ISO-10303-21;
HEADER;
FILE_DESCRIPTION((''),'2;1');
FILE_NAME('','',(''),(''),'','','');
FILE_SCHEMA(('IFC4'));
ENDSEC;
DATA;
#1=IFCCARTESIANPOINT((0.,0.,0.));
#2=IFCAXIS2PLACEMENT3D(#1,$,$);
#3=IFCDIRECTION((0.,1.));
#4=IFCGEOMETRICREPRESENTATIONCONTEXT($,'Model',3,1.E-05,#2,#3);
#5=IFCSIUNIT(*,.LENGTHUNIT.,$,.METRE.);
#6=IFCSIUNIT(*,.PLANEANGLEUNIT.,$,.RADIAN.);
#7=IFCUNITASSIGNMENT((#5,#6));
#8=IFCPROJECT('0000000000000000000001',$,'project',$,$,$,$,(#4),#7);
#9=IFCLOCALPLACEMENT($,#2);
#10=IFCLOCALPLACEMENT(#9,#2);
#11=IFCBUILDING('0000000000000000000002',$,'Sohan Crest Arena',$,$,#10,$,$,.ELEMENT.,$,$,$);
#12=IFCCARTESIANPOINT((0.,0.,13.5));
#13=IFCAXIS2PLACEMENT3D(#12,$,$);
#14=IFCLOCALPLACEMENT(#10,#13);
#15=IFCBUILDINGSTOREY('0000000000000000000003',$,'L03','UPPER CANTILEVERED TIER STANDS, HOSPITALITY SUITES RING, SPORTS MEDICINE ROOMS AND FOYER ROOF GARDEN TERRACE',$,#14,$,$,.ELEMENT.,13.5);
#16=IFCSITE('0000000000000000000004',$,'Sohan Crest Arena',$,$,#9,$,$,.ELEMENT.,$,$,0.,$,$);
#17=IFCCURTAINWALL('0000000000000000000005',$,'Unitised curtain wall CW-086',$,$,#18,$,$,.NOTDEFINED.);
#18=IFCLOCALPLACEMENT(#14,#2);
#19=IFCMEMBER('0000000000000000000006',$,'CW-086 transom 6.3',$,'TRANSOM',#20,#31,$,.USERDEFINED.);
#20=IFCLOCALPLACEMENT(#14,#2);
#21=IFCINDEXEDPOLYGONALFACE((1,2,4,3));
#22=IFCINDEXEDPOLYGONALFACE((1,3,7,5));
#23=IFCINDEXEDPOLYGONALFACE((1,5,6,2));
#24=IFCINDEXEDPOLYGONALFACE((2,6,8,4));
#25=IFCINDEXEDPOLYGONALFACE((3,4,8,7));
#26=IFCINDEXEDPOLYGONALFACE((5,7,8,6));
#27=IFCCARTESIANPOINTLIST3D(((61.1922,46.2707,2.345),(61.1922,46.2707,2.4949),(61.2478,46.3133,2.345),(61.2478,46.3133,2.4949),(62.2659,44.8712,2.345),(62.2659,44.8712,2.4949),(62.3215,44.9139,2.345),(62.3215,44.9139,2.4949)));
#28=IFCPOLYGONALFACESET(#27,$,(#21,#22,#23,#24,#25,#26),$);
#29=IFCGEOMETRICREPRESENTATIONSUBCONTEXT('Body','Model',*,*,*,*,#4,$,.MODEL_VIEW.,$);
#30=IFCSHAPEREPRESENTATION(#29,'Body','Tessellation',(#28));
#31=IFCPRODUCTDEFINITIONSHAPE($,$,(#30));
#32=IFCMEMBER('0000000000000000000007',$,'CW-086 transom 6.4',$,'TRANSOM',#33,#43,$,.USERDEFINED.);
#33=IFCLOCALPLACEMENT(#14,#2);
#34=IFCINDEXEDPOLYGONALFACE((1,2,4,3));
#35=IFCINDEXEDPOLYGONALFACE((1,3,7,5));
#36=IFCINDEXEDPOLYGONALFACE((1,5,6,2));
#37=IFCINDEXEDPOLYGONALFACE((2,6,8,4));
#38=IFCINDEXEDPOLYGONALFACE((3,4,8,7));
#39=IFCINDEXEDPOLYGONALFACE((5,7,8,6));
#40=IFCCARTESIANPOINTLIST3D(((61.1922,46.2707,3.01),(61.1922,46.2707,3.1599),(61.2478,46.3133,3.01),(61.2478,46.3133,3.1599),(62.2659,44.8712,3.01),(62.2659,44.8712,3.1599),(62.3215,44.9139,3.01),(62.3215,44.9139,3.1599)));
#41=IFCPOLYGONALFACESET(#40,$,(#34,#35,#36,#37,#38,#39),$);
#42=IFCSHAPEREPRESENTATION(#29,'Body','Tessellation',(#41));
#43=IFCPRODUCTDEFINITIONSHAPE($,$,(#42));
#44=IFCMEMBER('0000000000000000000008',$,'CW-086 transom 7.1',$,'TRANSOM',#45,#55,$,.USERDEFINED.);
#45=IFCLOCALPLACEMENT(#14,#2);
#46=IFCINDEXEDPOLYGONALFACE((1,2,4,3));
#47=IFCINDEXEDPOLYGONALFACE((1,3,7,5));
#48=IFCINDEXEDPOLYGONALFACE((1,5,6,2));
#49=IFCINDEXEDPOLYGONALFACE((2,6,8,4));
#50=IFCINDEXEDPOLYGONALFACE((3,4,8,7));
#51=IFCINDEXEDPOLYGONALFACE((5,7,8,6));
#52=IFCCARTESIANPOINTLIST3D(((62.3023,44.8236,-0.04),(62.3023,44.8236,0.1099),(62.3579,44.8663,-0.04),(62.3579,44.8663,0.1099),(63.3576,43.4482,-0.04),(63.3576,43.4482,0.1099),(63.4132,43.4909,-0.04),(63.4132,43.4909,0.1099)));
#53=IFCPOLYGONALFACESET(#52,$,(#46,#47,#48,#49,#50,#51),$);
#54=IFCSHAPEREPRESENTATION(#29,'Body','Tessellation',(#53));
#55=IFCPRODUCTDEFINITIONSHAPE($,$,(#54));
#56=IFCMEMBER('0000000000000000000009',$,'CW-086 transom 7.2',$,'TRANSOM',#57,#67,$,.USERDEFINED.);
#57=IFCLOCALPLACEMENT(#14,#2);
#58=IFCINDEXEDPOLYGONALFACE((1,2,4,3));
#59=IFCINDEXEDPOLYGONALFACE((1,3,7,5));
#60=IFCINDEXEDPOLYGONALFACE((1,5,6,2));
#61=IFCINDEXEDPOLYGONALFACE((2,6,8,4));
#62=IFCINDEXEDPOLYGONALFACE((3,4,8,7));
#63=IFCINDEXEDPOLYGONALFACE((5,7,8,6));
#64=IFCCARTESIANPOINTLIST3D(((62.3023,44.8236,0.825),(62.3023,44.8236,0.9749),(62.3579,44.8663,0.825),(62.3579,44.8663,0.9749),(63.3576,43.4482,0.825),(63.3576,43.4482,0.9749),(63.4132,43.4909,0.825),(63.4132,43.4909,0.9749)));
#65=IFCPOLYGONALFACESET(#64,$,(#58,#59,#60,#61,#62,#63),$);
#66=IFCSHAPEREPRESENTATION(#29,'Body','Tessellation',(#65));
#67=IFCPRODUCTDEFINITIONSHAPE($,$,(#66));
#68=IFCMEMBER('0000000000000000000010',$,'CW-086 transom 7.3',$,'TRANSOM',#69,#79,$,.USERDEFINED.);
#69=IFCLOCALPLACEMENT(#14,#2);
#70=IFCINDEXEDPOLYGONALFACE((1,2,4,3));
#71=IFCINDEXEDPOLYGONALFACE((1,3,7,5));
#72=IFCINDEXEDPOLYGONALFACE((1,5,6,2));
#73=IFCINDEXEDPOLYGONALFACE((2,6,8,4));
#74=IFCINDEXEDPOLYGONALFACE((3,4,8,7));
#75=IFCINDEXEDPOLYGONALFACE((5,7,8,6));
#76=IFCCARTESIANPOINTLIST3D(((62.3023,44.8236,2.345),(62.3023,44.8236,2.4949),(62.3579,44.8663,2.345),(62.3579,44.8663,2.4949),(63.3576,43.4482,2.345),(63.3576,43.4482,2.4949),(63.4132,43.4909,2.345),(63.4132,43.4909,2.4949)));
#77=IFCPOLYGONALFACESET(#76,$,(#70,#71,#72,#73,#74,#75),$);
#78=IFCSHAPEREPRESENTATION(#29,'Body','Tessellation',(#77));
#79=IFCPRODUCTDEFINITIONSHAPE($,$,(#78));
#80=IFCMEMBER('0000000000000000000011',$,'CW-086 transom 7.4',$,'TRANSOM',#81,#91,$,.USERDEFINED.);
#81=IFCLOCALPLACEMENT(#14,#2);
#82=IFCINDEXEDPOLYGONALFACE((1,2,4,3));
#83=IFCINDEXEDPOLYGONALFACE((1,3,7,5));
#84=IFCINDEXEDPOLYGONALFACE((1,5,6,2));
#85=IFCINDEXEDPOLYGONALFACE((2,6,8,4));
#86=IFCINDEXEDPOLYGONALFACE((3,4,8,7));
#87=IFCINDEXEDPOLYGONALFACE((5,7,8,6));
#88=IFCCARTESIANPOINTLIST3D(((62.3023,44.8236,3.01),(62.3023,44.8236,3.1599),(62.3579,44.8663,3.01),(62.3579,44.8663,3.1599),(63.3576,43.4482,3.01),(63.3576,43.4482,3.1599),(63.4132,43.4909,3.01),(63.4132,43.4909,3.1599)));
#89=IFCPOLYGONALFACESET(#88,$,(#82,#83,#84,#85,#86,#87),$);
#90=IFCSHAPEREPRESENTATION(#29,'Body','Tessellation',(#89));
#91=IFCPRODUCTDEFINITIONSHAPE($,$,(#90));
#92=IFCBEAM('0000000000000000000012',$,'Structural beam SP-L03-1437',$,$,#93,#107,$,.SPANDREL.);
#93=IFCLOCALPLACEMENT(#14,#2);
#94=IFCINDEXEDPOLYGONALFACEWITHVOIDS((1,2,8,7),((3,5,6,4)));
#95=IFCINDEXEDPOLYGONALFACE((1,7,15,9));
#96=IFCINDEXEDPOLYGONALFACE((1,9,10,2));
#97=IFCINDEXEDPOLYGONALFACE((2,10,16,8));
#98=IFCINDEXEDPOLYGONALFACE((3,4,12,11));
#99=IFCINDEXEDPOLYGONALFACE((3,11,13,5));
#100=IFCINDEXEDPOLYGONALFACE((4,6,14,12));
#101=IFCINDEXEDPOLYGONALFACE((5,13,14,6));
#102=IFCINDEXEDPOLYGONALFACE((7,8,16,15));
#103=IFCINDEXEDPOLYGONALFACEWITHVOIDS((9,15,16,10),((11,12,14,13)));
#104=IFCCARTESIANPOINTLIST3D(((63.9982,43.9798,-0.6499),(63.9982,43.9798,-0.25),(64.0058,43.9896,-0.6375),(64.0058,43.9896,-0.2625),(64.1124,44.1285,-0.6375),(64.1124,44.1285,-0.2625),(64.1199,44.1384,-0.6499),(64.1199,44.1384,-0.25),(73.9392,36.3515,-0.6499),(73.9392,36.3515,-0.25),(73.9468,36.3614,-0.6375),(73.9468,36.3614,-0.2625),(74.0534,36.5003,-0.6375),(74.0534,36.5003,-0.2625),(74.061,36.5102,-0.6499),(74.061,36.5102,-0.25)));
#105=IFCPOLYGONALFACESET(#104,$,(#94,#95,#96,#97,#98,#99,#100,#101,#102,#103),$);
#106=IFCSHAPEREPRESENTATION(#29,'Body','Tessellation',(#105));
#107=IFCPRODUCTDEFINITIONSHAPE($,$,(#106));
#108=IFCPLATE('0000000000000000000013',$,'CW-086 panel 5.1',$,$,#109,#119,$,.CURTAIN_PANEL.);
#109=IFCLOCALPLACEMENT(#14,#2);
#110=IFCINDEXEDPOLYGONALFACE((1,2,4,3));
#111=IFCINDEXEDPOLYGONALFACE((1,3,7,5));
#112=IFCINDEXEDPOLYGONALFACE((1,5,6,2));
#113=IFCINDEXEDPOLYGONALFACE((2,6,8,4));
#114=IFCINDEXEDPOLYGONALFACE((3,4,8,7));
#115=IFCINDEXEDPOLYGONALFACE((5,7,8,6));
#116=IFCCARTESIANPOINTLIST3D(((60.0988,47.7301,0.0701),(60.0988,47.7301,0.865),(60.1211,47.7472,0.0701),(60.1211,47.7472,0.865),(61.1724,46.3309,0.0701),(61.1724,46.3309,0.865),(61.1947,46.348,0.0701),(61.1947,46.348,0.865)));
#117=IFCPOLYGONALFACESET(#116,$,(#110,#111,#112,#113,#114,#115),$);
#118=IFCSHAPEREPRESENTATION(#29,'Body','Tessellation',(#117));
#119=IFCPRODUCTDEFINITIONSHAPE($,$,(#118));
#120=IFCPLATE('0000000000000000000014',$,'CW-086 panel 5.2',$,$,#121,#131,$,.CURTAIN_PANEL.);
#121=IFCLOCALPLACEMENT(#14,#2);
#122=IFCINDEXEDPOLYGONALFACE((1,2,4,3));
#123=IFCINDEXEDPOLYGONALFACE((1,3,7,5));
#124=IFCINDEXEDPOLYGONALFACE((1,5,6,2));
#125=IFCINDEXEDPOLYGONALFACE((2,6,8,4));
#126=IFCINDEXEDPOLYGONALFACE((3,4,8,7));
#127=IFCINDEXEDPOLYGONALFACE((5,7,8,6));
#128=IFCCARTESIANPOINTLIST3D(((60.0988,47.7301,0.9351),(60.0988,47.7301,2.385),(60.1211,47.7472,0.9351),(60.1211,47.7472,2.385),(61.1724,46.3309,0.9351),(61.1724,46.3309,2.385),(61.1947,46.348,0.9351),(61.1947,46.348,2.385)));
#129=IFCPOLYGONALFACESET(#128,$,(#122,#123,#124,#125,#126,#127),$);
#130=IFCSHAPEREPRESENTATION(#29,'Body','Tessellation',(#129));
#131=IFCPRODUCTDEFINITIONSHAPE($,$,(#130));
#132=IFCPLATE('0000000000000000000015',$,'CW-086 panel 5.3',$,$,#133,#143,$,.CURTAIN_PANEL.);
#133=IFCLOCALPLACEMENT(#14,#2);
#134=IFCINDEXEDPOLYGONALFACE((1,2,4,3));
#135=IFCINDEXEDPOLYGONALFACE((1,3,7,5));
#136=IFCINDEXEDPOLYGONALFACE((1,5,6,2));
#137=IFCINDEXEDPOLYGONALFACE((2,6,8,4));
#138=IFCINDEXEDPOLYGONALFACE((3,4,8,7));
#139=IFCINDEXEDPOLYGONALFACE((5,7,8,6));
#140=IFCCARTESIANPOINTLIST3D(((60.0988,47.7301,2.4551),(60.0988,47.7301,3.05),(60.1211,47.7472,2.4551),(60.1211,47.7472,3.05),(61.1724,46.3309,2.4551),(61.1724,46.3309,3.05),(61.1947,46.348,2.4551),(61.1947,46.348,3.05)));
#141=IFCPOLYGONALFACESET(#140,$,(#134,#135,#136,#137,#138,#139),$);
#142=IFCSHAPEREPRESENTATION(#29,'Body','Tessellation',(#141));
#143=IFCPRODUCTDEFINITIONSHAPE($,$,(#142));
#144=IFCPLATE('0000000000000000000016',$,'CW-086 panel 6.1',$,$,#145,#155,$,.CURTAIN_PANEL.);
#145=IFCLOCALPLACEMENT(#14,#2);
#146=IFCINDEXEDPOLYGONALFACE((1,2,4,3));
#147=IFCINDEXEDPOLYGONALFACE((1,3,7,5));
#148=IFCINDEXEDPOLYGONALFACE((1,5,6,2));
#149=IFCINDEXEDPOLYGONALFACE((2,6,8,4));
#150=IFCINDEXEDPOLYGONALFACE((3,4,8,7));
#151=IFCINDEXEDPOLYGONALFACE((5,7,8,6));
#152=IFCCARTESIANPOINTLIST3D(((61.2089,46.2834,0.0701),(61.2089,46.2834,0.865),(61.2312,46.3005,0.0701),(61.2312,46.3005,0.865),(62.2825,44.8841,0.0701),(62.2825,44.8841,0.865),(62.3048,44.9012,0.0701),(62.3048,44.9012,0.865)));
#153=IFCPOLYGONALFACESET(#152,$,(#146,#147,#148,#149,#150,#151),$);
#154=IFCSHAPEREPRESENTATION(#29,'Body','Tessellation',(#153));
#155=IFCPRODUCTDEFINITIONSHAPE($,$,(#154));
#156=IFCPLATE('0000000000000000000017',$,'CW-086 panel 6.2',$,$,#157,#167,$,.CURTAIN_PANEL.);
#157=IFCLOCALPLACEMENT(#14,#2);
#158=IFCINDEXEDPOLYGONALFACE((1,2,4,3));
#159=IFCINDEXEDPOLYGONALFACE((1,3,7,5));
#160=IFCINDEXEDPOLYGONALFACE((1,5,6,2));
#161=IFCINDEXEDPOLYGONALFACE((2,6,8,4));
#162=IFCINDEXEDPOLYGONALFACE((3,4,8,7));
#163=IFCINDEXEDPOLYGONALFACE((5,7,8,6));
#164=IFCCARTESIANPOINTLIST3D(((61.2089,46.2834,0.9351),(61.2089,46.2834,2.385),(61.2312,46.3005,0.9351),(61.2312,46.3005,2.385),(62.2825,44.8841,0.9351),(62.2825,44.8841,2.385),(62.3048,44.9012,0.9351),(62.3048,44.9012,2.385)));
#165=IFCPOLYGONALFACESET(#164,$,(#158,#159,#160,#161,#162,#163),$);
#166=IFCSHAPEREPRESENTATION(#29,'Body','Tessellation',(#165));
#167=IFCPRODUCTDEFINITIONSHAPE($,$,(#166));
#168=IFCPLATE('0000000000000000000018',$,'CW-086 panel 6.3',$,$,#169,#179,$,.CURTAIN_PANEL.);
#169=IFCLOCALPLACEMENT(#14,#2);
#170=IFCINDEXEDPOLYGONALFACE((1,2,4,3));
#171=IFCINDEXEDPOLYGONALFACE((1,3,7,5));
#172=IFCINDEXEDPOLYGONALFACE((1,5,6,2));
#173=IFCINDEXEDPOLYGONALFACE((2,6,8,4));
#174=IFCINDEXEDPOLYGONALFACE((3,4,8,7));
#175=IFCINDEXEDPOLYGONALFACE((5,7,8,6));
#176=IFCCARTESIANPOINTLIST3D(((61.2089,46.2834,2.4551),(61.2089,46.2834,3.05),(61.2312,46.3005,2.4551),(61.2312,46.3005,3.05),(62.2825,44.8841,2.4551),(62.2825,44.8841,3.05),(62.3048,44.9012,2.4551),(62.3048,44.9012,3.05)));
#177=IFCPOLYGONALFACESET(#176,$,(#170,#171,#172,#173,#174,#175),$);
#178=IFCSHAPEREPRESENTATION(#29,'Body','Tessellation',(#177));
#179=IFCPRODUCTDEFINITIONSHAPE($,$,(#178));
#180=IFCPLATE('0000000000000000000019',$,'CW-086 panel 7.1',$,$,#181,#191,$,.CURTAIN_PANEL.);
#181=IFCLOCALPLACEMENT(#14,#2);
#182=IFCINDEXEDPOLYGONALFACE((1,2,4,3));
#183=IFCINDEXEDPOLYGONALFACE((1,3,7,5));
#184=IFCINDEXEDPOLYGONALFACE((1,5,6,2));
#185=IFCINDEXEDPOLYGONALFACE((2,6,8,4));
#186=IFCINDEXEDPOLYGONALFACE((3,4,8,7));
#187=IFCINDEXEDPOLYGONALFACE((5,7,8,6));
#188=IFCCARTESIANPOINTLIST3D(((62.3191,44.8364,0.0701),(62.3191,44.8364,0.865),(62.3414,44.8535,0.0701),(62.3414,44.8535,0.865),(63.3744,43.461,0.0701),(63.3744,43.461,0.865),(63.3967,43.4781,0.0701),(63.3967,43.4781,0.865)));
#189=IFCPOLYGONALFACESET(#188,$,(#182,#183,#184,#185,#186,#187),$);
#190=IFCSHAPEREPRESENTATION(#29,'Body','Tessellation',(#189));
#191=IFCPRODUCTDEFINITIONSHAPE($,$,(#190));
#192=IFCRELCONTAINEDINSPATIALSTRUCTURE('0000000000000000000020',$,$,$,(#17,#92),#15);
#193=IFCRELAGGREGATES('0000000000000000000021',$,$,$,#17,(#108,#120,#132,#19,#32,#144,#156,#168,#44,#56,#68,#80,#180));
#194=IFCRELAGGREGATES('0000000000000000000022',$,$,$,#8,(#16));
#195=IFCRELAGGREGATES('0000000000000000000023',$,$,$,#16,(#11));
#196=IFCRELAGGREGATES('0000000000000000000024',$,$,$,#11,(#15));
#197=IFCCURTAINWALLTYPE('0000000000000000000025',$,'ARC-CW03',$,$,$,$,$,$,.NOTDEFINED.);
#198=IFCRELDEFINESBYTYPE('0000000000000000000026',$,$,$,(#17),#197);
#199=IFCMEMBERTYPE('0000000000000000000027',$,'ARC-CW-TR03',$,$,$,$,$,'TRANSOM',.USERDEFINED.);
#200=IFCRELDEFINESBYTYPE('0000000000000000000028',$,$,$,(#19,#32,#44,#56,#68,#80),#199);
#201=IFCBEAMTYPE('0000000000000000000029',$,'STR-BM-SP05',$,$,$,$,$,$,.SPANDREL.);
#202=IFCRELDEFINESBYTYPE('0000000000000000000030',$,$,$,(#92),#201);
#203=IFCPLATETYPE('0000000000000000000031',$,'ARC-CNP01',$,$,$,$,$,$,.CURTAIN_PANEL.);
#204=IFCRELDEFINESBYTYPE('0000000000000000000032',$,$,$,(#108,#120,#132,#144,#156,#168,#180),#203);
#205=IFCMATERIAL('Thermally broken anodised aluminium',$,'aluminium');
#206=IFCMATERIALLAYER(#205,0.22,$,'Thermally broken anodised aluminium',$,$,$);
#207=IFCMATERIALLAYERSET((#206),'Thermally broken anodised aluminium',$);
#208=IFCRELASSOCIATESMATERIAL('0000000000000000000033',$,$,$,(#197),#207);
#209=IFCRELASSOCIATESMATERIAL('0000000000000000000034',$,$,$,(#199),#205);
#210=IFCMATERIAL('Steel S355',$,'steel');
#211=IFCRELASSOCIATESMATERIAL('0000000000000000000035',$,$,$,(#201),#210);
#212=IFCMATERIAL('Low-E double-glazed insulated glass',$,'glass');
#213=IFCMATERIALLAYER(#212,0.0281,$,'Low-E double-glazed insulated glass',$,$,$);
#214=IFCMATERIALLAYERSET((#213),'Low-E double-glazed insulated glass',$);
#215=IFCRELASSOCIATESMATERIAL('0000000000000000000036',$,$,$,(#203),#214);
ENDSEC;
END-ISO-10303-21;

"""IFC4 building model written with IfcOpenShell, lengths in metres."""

from ifc_helpers import new_model, si_unit, direction, frame, origin, origin_2d, place, context, subcontext, project, spatial, rectangle, hollow_rectangle, extrude, material, layer, layer_set, material_profile, profile_set, type_object, element, aggregate, save


model = new_model("IFC4")

# Units and contexts
model_context = context("Model", 3, precision=1e-05, world=origin(), true_north=direction((0.0, 1.0)))
body_context = subcontext(model_context, "Body", "Model", "MODEL_VIEW")
ifc_project = project(units=[si_unit("LENGTHUNIT", "METRE"), si_unit("PLANEANGLEUNIT", "RADIAN")], contexts=[model_context])

# Site, building, storey
site_placement = place(None, origin())
site = spatial("IfcSite", under=ifc_project, at=site_placement, Name="Sohan Crest Arena", CompositionType="ELEMENT", RefElevation=0.0)
building_placement = place(site_placement, origin())
building = spatial("IfcBuilding", under=site, at=building_placement, Name="Sohan Crest Arena", CompositionType="ELEMENT")
storey_placement = place(building_placement, frame((0.0, 0.0, 13.5)))
storey = spatial("IfcBuildingStorey", under=building, at=storey_placement, Name="L03", Description="UPPER CANTILEVERED TIER STANDS, HOSPITALITY SUITES RING, SPORTS MEDICINE ROOMS AND FOYER ROOF GARDEN TERRACE", CompositionType="ELEMENT", Elevation=13.5)

# Shared definitions
ifc_material_1 = material(Name="Steel S355", Category="steel")

# Curtain wall
ifc_material_2 = material(Name="Thermally broken anodised aluminium", Category="aluminium")
ifc_layer_1 = layer(ifc_material_2, 0.22, Name="Thermally broken anodised aluminium")
ifc_layer_set_1 = layer_set([ifc_layer_1], Name="Thermally broken anodised aluminium")
curtain_wall_type_1 = type_object("IfcCurtainWallType", Name="ARC-CW03", PredefinedType="NOTDEFINED", material=ifc_layer_set_1)
curtain_wall_1_placement = place(storey_placement, origin())
curtain_wall_1 = element("IfcCurtainWall", 1, at=curtain_wall_1_placement, inside=storey, type_object=curtain_wall_type_1, Name="Unitised curtain wall CW-086", PredefinedType="NOTDEFINED")

# Members
ifc_material_profile_1 = material_profile(ifc_material_2, rectangle(XDim=0.0701, YDim=0.1499, at=origin_2d()), Name="ALU-TRAN 70x150")
ifc_profile_set_1 = profile_set([ifc_material_profile_1], Name="Thermally broken anodised aluminium")
member_type_1 = type_object("IfcMemberType", Name="ARC-CW-TR03", ElementType="TRANSOM", PredefinedType="USERDEFINED", material=ifc_profile_set_1)
member_1_placement = place(storey_placement, frame((61.22, 46.292, 2.4199), z_axis=(0.608734, -0.793375, 0.0), x_axis=(0.793375, 0.608734, 0.0)))
member_1 = element("IfcMember", 2, at=member_1_placement, type_object=member_type_1, Name="CW-086 transom 6.3", ObjectType="TRANSOM", PredefinedType="USERDEFINED", context=body_context, shape_type="SweptSolid", body=[
    extrude(rectangle(XDim=0.0701, YDim=0.1499, at=origin_2d()), origin(), (0.0, 0.0, 1.0), 1.7639),
])
member_2_placement = place(storey_placement, frame((61.22, 46.292, 3.085), z_axis=(0.608734, -0.793375, 0.0), x_axis=(0.793375, 0.608734, 0.0)))
member_2 = element("IfcMember", 3, at=member_2_placement, type_object=member_type_1, Name="CW-086 transom 6.4", ObjectType="TRANSOM", PredefinedType="USERDEFINED", context=body_context, shape_type="SweptSolid", body=[
    extrude(rectangle(XDim=0.0701, YDim=0.1499, at=origin_2d()), origin(), (0.0, 0.0, 1.0), 1.7639),
])
member_3_placement = place(storey_placement, frame((62.3301, 44.845, 0.0349), z_axis=(0.608751, -0.793362, 0.0), x_axis=(0.793362, 0.608751, 0.0)))
member_3 = element("IfcMember", 4, at=member_3_placement, type_object=member_type_1, Name="CW-086 transom 7.1", ObjectType="TRANSOM", PredefinedType="USERDEFINED", context=body_context, shape_type="SweptSolid", body=[
    extrude(rectangle(XDim=0.0701, YDim=0.1499, at=origin_2d()), origin(), (0.0, 0.0, 1.0), 1.7336),
])
member_4_placement = place(storey_placement, frame((62.3301, 44.845, 0.8999), z_axis=(0.608751, -0.793362, 0.0), x_axis=(0.793362, 0.608751, 0.0)))
member_4 = element("IfcMember", 5, at=member_4_placement, type_object=member_type_1, Name="CW-086 transom 7.2", ObjectType="TRANSOM", PredefinedType="USERDEFINED", context=body_context, shape_type="SweptSolid", body=[
    extrude(rectangle(XDim=0.0701, YDim=0.1499, at=origin_2d()), origin(), (0.0, 0.0, 1.0), 1.7336),
])
member_5_placement = place(storey_placement, frame((62.3301, 44.845, 2.4199), z_axis=(0.608751, -0.793362, 0.0), x_axis=(0.793362, 0.608751, 0.0)))
member_5 = element("IfcMember", 6, at=member_5_placement, type_object=member_type_1, Name="CW-086 transom 7.3", ObjectType="TRANSOM", PredefinedType="USERDEFINED", context=body_context, shape_type="SweptSolid", body=[
    extrude(rectangle(XDim=0.0701, YDim=0.1499, at=origin_2d()), origin(), (0.0, 0.0, 1.0), 1.7336),
])
member_6_placement = place(storey_placement, frame((62.3301, 44.845, 3.085), z_axis=(0.608751, -0.793362, 0.0), x_axis=(0.793362, 0.608751, 0.0)))
member_6 = element("IfcMember", 7, at=member_6_placement, type_object=member_type_1, Name="CW-086 transom 7.4", ObjectType="TRANSOM", PredefinedType="USERDEFINED", context=body_context, shape_type="SweptSolid", body=[
    extrude(rectangle(XDim=0.0701, YDim=0.1499, at=origin_2d()), origin(), (0.0, 0.0, 1.0), 1.7336),
])

# Beam
ifc_material_profile_2 = material_profile(ifc_material_1, hollow_rectangle(XDim=0.2, YDim=0.3999, WallThickness=0.0125, at=origin_2d()), Name="RHS 400x200x12.5")
ifc_profile_set_2 = profile_set([ifc_material_profile_2], Name="Steel S355")
beam_type = type_object("IfcBeamType", Name="STR-BM-SP05", PredefinedType="SPANDREL", material=ifc_profile_set_2)
beam_placement = place(storey_placement, frame((64.0591, 44.0591, -0.45), z_axis=(0.793344, -0.608773, 0.0), x_axis=(0.608773, 0.793344, 0.0)))
element("IfcBeam", 8, at=beam_placement, inside=storey, type_object=beam_type, Name="Structural beam SP-L03-1437", PredefinedType="SPANDREL", context=body_context, shape_type="SweptSolid", body=[
    extrude(hollow_rectangle(XDim=0.2, YDim=0.3999, WallThickness=0.0125, at=origin_2d()), origin(), (0.0, 0.0, 1.0), 12.5305),
])

# Plates
ifc_material_3 = material(Name="Low-E double-glazed insulated glass", Category="glass")
ifc_layer_2 = layer(ifc_material_3, 0.0281, Name="Low-E double-glazed insulated glass")
ifc_layer_set_2 = layer_set([ifc_layer_2], Name="Low-E double-glazed insulated glass")
plate_type = type_object("IfcPlateType", Name="ARC-CNP01", PredefinedType="CURTAIN_PANEL", material=ifc_layer_set_2)
plate_1_placement = place(storey_placement, frame((60.6467, 47.0391, 0.0701), z_axis=(0.0, 0.0, 1.0), x_axis=(0.608737, -0.793372, 0.0)))
plate_1 = element("IfcPlate", 9, at=plate_1_placement, type_object=plate_type, Name="CW-086 panel 5.1", PredefinedType="CURTAIN_PANEL", context=body_context, shape_type="SweptSolid", body=[
    extrude(rectangle(XDim=1.7637, YDim=0.0281, at=origin_2d()), origin(), (0.0, 0.0, 1.0), 0.7949),
])
plate_2_placement = place(storey_placement, frame((60.6467, 47.0391, 0.9351), z_axis=(0.0, 0.0, 1.0), x_axis=(0.608737, -0.793372, 0.0)))
plate_2 = element("IfcPlate", 10, at=plate_2_placement, type_object=plate_type, Name="CW-086 panel 5.2", PredefinedType="CURTAIN_PANEL", context=body_context, shape_type="SweptSolid", body=[
    extrude(rectangle(XDim=1.7637, YDim=0.0281, at=origin_2d()), origin(), (0.0, 0.0, 1.0), 1.45),
])
plate_3_placement = place(storey_placement, frame((60.6467, 47.0391, 2.4551), z_axis=(0.0, 0.0, 1.0), x_axis=(0.608737, -0.793372, 0.0)))
plate_3 = element("IfcPlate", 11, at=plate_3_placement, type_object=plate_type, Name="CW-086 panel 5.3", PredefinedType="CURTAIN_PANEL", context=body_context, shape_type="SweptSolid", body=[
    extrude(rectangle(XDim=1.7637, YDim=0.0281, at=origin_2d()), origin(), (0.0, 0.0, 1.0), 0.595),
])
plate_4_placement = place(storey_placement, frame((61.7568, 45.5923, 0.0701), z_axis=(0.0, 0.0, 1.0), x_axis=(0.608737, -0.793372, 0.0)))
plate_4 = element("IfcPlate", 12, at=plate_4_placement, type_object=plate_type, Name="CW-086 panel 6.1", PredefinedType="CURTAIN_PANEL", context=body_context, shape_type="SweptSolid", body=[
    extrude(rectangle(XDim=1.7637, YDim=0.0281, at=origin_2d()), origin(), (0.0, 0.0, 1.0), 0.7949),
])
plate_5_placement = place(storey_placement, frame((61.7568, 45.5923, 0.9351), z_axis=(0.0, 0.0, 1.0), x_axis=(0.608737, -0.793372, 0.0)))
plate_5 = element("IfcPlate", 13, at=plate_5_placement, type_object=plate_type, Name="CW-086 panel 6.2", PredefinedType="CURTAIN_PANEL", context=body_context, shape_type="SweptSolid", body=[
    extrude(rectangle(XDim=1.7637, YDim=0.0281, at=origin_2d()), origin(), (0.0, 0.0, 1.0), 1.45),
])
plate_6_placement = place(storey_placement, frame((61.7568, 45.5923, 2.4551), z_axis=(0.0, 0.0, 1.0), x_axis=(0.608737, -0.793372, 0.0)))
plate_6 = element("IfcPlate", 14, at=plate_6_placement, type_object=plate_type, Name="CW-086 panel 6.3", PredefinedType="CURTAIN_PANEL", context=body_context, shape_type="SweptSolid", body=[
    extrude(rectangle(XDim=1.7637, YDim=0.0281, at=origin_2d()), origin(), (0.0, 0.0, 1.0), 0.595),
])
plate_7_placement = place(storey_placement, frame((62.8579, 44.1572, 0.0701), z_axis=(0.0, 0.0, 1.0), x_axis=(0.608737, -0.793372, 0.0)))
plate_7 = element("IfcPlate", 15, at=plate_7_placement, type_object=plate_type, Name="CW-086 panel 7.1", PredefinedType="CURTAIN_PANEL", context=body_context, shape_type="SweptSolid", body=[
    extrude(rectangle(XDim=1.7336, YDim=0.0281, at=origin_2d()), origin(), (0.0, 0.0, 1.0), 0.7949),
])
aggregate(curtain_wall_1, [plate_1, plate_2, plate_3, member_1, member_2, plate_4, plate_5, plate_6, member_3, member_4, member_5, member_6, plate_7])

save(model, "model.ifc")
